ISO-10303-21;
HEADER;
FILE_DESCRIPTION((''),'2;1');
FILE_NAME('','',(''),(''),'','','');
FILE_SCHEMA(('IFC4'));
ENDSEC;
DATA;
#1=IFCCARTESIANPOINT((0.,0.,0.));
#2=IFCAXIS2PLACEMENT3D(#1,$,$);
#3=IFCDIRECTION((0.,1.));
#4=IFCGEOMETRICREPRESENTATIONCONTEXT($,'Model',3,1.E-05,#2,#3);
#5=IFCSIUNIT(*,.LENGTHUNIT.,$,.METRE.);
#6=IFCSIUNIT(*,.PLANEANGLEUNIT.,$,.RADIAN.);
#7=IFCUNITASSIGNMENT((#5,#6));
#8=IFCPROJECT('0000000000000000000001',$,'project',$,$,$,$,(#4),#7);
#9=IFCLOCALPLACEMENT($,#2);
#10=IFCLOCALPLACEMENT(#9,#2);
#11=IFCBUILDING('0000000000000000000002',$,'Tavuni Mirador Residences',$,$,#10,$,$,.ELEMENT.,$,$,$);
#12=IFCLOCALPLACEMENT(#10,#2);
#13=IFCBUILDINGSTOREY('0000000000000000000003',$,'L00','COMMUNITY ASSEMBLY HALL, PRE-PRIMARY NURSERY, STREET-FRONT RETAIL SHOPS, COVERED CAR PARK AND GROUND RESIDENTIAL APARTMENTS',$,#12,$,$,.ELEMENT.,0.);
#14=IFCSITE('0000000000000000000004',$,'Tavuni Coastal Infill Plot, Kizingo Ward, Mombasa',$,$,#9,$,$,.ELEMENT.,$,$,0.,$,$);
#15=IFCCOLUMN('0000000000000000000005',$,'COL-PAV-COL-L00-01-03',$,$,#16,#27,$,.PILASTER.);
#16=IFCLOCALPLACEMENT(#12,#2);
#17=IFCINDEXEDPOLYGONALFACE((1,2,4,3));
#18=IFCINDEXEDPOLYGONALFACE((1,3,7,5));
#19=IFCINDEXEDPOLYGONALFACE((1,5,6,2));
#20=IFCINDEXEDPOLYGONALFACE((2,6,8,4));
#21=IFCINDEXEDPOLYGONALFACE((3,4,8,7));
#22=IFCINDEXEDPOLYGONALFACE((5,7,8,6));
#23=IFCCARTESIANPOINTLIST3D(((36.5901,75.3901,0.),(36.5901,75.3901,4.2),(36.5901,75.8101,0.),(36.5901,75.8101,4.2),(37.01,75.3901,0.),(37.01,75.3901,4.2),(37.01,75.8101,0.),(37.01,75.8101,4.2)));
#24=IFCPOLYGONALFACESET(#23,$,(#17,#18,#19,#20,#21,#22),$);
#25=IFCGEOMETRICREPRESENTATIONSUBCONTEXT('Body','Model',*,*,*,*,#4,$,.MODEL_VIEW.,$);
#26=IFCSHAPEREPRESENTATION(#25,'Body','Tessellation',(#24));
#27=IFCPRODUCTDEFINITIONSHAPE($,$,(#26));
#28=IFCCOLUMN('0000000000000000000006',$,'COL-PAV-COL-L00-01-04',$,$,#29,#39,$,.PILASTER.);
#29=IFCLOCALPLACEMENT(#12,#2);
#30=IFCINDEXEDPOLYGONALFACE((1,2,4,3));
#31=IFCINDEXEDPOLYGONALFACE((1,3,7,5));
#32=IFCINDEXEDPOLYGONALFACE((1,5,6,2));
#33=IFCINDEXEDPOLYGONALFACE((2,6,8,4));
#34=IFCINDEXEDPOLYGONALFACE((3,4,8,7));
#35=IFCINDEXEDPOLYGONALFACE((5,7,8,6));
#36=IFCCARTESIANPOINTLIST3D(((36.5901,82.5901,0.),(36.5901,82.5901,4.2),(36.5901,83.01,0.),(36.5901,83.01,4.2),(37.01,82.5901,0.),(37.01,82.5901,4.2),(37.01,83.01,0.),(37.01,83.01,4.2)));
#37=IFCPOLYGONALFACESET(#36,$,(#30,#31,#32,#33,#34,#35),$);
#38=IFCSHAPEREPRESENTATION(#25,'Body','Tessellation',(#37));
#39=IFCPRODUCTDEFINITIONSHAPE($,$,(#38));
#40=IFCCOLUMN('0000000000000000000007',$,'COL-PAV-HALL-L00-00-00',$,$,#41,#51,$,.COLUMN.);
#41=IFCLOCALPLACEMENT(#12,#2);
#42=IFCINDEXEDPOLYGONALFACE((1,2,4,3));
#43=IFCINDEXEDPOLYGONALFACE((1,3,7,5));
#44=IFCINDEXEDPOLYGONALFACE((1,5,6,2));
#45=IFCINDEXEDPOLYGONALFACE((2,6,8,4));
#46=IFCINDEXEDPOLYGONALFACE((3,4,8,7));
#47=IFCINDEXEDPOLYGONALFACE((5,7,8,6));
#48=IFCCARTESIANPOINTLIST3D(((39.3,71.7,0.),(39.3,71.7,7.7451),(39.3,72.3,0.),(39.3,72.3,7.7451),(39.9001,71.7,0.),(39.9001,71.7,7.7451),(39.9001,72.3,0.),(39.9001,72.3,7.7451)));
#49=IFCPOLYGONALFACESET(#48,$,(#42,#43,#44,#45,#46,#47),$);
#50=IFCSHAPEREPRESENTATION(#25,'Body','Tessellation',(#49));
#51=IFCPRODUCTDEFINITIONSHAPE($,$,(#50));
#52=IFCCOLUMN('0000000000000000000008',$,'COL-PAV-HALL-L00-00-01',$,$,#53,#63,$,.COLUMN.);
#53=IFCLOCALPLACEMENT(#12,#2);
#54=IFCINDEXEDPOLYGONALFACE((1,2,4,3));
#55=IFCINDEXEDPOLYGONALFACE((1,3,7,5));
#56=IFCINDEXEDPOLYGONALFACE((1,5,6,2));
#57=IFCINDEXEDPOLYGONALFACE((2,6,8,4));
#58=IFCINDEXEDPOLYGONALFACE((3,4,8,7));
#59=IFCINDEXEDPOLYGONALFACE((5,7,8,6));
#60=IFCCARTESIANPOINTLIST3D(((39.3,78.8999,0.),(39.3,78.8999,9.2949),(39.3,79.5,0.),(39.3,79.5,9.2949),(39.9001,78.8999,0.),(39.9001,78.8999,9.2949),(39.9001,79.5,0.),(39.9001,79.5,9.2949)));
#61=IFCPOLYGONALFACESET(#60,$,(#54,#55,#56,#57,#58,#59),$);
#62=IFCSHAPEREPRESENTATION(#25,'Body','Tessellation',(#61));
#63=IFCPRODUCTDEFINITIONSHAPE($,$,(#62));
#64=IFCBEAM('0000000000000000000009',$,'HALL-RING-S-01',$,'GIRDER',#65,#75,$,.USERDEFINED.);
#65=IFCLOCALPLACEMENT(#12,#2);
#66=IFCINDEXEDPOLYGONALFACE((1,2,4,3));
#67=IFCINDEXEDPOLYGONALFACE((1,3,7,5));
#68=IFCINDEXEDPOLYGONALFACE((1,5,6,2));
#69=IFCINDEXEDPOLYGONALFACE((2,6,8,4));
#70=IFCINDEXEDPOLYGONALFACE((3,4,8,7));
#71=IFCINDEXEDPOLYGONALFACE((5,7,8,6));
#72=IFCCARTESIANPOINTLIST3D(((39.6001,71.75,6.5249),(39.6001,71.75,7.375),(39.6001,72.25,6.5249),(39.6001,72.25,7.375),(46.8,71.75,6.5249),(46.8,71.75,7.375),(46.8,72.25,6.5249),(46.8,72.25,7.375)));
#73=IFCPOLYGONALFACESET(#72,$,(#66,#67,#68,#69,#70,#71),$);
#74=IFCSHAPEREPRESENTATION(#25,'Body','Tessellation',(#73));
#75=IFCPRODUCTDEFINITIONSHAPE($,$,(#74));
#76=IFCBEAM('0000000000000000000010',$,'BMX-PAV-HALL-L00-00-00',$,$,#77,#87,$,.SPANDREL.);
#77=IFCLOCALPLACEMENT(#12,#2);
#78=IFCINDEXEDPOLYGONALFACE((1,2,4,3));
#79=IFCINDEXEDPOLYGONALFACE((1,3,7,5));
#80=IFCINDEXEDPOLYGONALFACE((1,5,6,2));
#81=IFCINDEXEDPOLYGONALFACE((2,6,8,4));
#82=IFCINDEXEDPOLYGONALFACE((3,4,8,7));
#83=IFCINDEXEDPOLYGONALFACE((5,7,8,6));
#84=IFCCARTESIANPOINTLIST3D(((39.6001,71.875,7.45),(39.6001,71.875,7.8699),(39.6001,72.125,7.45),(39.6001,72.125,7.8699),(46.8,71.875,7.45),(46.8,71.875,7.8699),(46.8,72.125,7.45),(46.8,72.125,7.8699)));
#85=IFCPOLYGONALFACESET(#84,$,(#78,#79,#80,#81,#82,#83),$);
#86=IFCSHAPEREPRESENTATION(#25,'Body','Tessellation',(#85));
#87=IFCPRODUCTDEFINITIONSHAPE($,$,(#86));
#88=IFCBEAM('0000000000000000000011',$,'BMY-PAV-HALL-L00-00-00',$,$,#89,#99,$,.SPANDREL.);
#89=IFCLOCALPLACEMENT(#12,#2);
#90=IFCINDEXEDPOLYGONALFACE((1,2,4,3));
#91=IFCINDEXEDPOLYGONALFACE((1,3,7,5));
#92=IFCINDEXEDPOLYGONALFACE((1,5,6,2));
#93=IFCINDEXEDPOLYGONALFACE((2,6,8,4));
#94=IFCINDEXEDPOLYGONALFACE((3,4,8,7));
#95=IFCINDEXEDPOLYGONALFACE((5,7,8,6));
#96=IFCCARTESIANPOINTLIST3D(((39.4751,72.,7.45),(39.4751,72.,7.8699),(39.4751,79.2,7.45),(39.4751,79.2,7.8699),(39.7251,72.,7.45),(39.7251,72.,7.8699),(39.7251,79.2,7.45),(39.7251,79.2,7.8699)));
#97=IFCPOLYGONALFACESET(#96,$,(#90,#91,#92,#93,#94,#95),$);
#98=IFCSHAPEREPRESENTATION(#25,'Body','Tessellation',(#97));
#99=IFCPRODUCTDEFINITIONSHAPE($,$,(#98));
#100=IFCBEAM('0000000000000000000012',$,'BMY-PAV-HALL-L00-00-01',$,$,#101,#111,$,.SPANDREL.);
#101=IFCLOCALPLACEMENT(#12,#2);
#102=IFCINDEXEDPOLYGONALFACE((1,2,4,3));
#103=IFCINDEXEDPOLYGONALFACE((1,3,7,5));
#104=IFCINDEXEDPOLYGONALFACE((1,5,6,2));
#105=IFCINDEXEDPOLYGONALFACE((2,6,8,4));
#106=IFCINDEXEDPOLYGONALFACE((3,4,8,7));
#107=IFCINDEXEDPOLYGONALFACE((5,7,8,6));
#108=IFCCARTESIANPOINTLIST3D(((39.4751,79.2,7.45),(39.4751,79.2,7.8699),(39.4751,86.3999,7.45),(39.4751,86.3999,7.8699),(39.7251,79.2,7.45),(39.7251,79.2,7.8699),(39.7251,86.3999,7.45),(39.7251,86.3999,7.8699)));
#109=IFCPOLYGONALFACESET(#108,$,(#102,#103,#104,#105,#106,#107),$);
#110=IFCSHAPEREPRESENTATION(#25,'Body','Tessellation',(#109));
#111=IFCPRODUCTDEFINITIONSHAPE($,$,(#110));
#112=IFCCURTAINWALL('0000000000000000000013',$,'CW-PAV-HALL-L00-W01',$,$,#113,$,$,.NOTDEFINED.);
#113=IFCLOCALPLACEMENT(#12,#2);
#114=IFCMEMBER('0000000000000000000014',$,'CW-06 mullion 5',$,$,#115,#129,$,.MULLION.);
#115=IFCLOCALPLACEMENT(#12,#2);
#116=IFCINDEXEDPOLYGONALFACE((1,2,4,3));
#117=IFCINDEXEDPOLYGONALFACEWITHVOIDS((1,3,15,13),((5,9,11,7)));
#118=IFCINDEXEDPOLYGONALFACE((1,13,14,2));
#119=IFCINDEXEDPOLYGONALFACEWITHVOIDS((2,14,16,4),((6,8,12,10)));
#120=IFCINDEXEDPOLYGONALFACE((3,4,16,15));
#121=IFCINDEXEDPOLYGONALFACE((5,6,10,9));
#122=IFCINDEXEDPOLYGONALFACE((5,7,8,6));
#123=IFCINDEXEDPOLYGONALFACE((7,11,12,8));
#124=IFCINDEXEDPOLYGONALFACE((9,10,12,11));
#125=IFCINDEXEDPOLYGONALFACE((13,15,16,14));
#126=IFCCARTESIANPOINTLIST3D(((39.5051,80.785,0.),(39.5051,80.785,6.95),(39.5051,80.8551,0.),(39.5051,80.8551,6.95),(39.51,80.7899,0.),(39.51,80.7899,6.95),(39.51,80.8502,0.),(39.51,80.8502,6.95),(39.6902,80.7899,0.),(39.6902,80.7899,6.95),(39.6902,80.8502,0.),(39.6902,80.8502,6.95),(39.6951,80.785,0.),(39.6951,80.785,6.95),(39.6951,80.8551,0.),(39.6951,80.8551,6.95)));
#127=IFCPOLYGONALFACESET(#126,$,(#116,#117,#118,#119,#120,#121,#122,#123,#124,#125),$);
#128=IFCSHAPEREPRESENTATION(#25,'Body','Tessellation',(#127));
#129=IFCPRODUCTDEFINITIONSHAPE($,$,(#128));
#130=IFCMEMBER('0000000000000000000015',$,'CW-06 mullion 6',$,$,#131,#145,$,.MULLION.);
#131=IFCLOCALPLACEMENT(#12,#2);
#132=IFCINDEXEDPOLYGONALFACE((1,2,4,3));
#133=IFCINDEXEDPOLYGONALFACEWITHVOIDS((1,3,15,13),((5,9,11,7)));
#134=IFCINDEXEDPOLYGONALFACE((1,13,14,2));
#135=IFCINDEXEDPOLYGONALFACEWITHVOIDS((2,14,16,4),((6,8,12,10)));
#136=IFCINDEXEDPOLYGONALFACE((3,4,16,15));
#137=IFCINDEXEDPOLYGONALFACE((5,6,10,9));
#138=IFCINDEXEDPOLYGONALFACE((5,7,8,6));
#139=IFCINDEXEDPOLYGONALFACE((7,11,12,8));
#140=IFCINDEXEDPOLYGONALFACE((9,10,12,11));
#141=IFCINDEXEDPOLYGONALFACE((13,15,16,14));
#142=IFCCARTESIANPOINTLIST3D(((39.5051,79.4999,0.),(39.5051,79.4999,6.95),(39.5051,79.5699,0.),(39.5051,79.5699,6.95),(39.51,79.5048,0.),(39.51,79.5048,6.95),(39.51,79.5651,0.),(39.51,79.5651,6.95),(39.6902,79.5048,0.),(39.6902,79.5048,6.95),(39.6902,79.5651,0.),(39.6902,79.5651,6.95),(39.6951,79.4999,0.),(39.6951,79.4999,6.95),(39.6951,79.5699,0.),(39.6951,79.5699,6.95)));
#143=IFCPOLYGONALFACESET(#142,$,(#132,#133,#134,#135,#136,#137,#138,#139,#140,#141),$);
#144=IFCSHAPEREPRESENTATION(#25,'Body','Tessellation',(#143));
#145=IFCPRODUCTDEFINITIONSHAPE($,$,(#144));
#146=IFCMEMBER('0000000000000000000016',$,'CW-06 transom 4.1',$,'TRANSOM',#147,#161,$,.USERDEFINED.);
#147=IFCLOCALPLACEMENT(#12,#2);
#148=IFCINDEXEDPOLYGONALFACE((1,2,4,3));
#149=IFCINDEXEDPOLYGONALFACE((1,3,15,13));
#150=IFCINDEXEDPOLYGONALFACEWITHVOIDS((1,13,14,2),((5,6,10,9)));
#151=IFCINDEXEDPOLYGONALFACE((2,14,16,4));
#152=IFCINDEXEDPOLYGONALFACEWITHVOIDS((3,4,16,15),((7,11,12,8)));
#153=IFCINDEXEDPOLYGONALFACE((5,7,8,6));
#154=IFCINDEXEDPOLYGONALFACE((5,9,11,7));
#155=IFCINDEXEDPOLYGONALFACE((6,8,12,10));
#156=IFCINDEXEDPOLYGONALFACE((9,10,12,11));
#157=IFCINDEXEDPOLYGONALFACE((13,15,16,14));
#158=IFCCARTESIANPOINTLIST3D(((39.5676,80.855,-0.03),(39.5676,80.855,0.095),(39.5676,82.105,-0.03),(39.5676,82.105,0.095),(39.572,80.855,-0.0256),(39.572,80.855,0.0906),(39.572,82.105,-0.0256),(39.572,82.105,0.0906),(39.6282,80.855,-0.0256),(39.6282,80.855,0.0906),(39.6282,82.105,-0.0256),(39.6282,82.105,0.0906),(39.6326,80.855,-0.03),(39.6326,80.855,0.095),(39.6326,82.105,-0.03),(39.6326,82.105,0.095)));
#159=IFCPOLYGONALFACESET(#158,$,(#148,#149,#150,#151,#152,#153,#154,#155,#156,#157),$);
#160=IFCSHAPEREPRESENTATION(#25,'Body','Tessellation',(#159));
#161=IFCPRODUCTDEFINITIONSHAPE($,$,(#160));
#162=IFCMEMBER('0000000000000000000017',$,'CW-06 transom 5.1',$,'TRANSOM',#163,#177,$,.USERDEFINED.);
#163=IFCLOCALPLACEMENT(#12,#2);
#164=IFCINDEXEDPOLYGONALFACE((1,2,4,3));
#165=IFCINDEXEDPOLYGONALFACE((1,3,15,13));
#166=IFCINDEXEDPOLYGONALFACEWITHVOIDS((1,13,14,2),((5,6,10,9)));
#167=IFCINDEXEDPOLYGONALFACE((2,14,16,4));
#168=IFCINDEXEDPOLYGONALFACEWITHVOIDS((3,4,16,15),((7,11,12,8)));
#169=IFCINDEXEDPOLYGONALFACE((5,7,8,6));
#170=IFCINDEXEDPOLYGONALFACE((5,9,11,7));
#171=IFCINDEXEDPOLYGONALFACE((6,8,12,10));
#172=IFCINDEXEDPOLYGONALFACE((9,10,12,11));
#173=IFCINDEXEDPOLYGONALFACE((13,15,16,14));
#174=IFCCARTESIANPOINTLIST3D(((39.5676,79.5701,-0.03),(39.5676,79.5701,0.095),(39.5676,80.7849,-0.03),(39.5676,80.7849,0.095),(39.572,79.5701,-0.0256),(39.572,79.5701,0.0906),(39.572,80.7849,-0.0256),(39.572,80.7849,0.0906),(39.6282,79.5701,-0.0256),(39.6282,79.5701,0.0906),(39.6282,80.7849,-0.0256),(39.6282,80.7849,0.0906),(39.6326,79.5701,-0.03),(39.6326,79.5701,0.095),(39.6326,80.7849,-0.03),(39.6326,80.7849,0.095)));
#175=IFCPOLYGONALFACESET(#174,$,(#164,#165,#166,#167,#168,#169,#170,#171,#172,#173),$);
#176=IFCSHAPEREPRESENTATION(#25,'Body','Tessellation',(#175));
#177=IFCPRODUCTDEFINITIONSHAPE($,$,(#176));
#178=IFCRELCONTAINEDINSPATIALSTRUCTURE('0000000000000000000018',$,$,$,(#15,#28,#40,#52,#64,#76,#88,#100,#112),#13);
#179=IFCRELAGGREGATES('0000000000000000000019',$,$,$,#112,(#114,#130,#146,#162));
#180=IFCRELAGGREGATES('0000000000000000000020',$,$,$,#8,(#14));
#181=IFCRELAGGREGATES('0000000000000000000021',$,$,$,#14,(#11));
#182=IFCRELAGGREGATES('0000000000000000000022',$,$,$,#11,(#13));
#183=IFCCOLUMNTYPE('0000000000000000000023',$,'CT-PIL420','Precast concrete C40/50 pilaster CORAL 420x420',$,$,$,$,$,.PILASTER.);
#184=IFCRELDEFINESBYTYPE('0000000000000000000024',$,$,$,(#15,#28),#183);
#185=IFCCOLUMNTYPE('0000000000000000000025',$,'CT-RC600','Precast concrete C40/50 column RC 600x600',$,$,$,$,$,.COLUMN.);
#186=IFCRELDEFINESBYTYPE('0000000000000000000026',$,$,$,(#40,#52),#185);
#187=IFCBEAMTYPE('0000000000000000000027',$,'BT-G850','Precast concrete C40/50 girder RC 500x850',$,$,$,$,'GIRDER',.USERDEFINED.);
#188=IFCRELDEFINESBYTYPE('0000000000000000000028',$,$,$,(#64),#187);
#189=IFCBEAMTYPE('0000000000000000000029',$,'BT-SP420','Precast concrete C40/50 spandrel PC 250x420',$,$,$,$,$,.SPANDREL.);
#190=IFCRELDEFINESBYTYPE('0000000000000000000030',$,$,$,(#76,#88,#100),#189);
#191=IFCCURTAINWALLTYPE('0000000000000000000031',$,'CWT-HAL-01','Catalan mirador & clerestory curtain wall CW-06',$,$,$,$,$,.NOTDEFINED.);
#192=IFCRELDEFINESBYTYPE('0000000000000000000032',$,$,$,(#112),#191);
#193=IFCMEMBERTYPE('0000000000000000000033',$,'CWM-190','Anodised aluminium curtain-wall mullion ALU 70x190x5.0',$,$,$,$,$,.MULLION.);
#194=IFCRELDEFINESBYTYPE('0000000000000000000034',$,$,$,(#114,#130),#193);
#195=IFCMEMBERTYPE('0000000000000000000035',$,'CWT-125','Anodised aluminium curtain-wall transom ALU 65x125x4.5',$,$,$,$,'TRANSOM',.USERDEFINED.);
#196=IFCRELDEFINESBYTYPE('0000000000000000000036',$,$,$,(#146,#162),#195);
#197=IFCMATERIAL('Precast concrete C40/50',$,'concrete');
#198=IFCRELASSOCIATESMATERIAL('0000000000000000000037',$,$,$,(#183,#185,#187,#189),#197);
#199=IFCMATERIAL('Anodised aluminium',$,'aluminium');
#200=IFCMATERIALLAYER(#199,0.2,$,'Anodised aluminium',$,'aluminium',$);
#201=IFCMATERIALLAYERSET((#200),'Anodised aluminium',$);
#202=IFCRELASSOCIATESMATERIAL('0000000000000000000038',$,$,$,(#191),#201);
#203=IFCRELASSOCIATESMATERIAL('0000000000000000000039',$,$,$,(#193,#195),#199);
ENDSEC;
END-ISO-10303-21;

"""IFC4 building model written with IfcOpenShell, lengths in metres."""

from ifc_helpers import new_model, si_unit, direction, frame, origin, origin_2d, place, context, subcontext, project, spatial, rectangle, hollow_rectangle, extrude, material, layer, layer_set, material_profile, profile_set, type_object, element, aggregate, save


model = new_model("IFC4")

# Units and contexts
model_context = context("Model", 3, precision=1e-05, world=origin(), true_north=direction((0.0, 1.0)))
body_context = subcontext(model_context, "Body", "Model", "MODEL_VIEW")
ifc_project = project(units=[si_unit("LENGTHUNIT", "METRE"), si_unit("PLANEANGLEUNIT", "RADIAN")], contexts=[model_context])

# Site, building, storey
site_placement = place(None, origin())
site = spatial("IfcSite", under=ifc_project, at=site_placement, Name="Tavuni Coastal Infill Plot, Kizingo Ward, Mombasa", CompositionType="ELEMENT", RefElevation=0.0)
building_placement = place(site_placement, origin())
building = spatial("IfcBuilding", under=site, at=building_placement, Name="Tavuni Mirador Residences", CompositionType="ELEMENT")
storey_placement = place(building_placement, origin())
storey = spatial("IfcBuildingStorey", under=building, at=storey_placement, Name="L00", Description="COMMUNITY ASSEMBLY HALL, PRE-PRIMARY NURSERY, STREET-FRONT RETAIL SHOPS, COVERED CAR PARK AND GROUND RESIDENTIAL APARTMENTS", CompositionType="ELEMENT", Elevation=0.0)

# Columns
ifc_material_1 = material(Name="Precast concrete C40/50", Category="concrete")
ifc_material_profile_1 = material_profile(ifc_material_1, rectangle(XDim=0.4199, YDim=0.4199, at=origin_2d()), Name="CORAL 420x420", Category="concrete")
ifc_profile_set_1 = profile_set([ifc_material_profile_1], Name="Precast concrete C40/50")
column_type_1 = type_object("IfcColumnType", Name="CT-PIL420", Description="Precast concrete C40/50 pilaster CORAL 420x420", PredefinedType="PILASTER", material=ifc_profile_set_1)
for number, where, z_axis, x_axis, name in (
    (1, (36.8, 75.6001, 0.0), (0.0, 0.0, 1.0), (1.0, 0.0, 0.0), "COL-PAV-COL-L00-01-03"),
    (2, (36.8, 82.8, 0.0), (0.0, 0.0, 1.0), (1.0, 0.0, 0.0), "COL-PAV-COL-L00-01-04"),
):
    element("IfcColumn", number, at=place(storey_placement, frame(where, z_axis=z_axis, x_axis=x_axis)), inside=storey, type_object=column_type_1, Name=name, PredefinedType="PILASTER", context=body_context, shape_type="SweptSolid", body=[
        extrude(rectangle(XDim=0.4199, YDim=0.4199, at=origin_2d()), origin(), (0.0, 0.0, 1.0), 4.2),
    ])
ifc_material_profile_2 = material_profile(ifc_material_1, rectangle(XDim=0.6001, YDim=0.6001, at=origin_2d()), Name="RC 600x600", Category="concrete")
ifc_profile_set_2 = profile_set([ifc_material_profile_2], Name="Precast concrete C40/50")
column_type_2 = type_object("IfcColumnType", Name="CT-RC600", Description="Precast concrete C40/50 column RC 600x600", PredefinedType="COLUMN", material=ifc_profile_set_2)
column_1_placement = place(storey_placement, frame((39.6001, 72.0, 0.0), z_axis=(0.0, 0.0, 1.0), x_axis=(1.0, 0.0, 0.0)))
element("IfcColumn", 3, at=column_1_placement, inside=storey, type_object=column_type_2, Name="COL-PAV-HALL-L00-00-00", PredefinedType="COLUMN", context=body_context, shape_type="SweptSolid", body=[
    extrude(rectangle(XDim=0.6001, YDim=0.6001, at=origin_2d()), origin(), (0.0, 0.0, 1.0), 7.7451),
])
column_2_placement = place(storey_placement, frame((39.6001, 79.2, 0.0), z_axis=(0.0, 0.0, 1.0), x_axis=(1.0, 0.0, 0.0)))
element("IfcColumn", 4, at=column_2_placement, inside=storey, type_object=column_type_2, Name="COL-PAV-HALL-L00-00-01", PredefinedType="COLUMN", context=body_context, shape_type="SweptSolid", body=[
    extrude(rectangle(XDim=0.6001, YDim=0.6001, at=origin_2d()), origin(), (0.0, 0.0, 1.0), 9.2949),
])

# Beams
ifc_material_profile_3 = material_profile(ifc_material_1, rectangle(XDim=0.5, YDim=0.8501, at=origin_2d()), Name="RC 500x850", Category="concrete")
ifc_profile_set_3 = profile_set([ifc_material_profile_3], Name="Precast concrete C40/50")
beam_type_1 = type_object("IfcBeamType", Name="BT-G850", Description="Precast concrete C40/50 girder RC 500x850", ElementType="GIRDER", PredefinedType="USERDEFINED", material=ifc_profile_set_3)
beam_placement = place(storey_placement, frame((39.6001, 72.0, 6.95), z_axis=(1.0, 0.0, 0.0), x_axis=(0.0, 1.0, 0.0)))
element("IfcBeam", 5, at=beam_placement, inside=storey, type_object=beam_type_1, Name="HALL-RING-S-01", ObjectType="GIRDER", PredefinedType="USERDEFINED", context=body_context, shape_type="SweptSolid", body=[
    extrude(rectangle(XDim=0.5, YDim=0.8501, at=origin_2d()), origin(), (0.0, 0.0, 1.0), 7.2),
])
ifc_material_profile_4 = material_profile(ifc_material_1, rectangle(XDim=0.25, YDim=0.4199, at=origin_2d()), Name="PC 250x420", Category="concrete")
ifc_profile_set_4 = profile_set([ifc_material_profile_4], Name="Precast concrete C40/50")
beam_type_2 = type_object("IfcBeamType", Name="BT-SP420", Description="Precast concrete C40/50 spandrel PC 250x420", PredefinedType="SPANDREL", material=ifc_profile_set_4)
for number, where, z_axis, x_axis, name in (
    (6, (39.6001, 72.0, 7.6599), (1.0, 0.0, 0.0), (0.0, 1.0, 0.0), "BMX-PAV-HALL-L00-00-00"),
    (7, (39.6001, 72.0, 7.6599), (0.0, 1.0, 0.0), (-1.0, 0.0, 0.0), "BMY-PAV-HALL-L00-00-00"),
    (8, (39.6001, 79.2, 7.6599), (0.0, 1.0, 0.0), (-1.0, 0.0, 0.0), "BMY-PAV-HALL-L00-00-01"),
):
    element("IfcBeam", number, at=place(storey_placement, frame(where, z_axis=z_axis, x_axis=x_axis)), inside=storey, type_object=beam_type_2, Name=name, PredefinedType="SPANDREL", context=body_context, shape_type="SweptSolid", body=[
        extrude(rectangle(XDim=0.25, YDim=0.4199, at=origin_2d()), origin(), (0.0, 0.0, 1.0), 7.2),
    ])

# Curtain wall, members
ifc_material_2 = material(Name="Anodised aluminium", Category="aluminium")
ifc_layer_1 = layer(ifc_material_2, 0.2, Name="Anodised aluminium", Category="aluminium")
ifc_layer_set_1 = layer_set([ifc_layer_1], Name="Anodised aluminium")
curtain_wall_type = type_object("IfcCurtainWallType", Name="CWT-HAL-01", Description="Catalan mirador & clerestory curtain wall CW-06", PredefinedType="NOTDEFINED", material=ifc_layer_set_1)
curtain_wall_placement = place(storey_placement, origin())
curtain_wall = element("IfcCurtainWall", 9, at=curtain_wall_placement, inside=storey, type_object=curtain_wall_type, Name="CW-PAV-HALL-L00-W01", PredefinedType="NOTDEFINED")
ifc_material_profile_5 = material_profile(ifc_material_2, hollow_rectangle(XDim=0.0701, YDim=0.1899, WallThickness=0.0049, at=origin_2d()), Name="ALU 70x190x5.0", Category="aluminium")
ifc_profile_set_5 = profile_set([ifc_material_profile_5], Name="Anodised aluminium")
member_type_1 = type_object("IfcMemberType", Name="CWM-190", Description="Anodised aluminium curtain-wall mullion ALU 70x190x5.0", PredefinedType="MULLION", material=ifc_profile_set_5)
member_1_placement = place(storey_placement, frame((39.6001, 80.8201, 0.0), z_axis=(0.0, 0.0, 1.0), x_axis=(0.0, -1.0, 0.0)))
member_1 = element("IfcMember", 10, at=member_1_placement, type_object=member_type_1, Name="CW-06 mullion 5", PredefinedType="MULLION", context=body_context, shape_type="SweptSolid", body=[
    extrude(hollow_rectangle(XDim=0.0701, YDim=0.1899, WallThickness=0.0049, at=origin_2d()), origin(), (0.0, 0.0, 1.0), 6.95),
])
member_2_placement = place(storey_placement, frame((39.6001, 79.5349, 0.0), z_axis=(0.0, 0.0, 1.0), x_axis=(0.0, -1.0, 0.0)))
member_2 = element("IfcMember", 11, at=member_2_placement, type_object=member_type_1, Name="CW-06 mullion 6", PredefinedType="MULLION", context=body_context, shape_type="SweptSolid", body=[
    extrude(hollow_rectangle(XDim=0.0701, YDim=0.1899, WallThickness=0.0049, at=origin_2d()), origin(), (0.0, 0.0, 1.0), 6.95),
])
ifc_material_profile_6 = material_profile(ifc_material_2, hollow_rectangle(XDim=0.0649, YDim=0.125, WallThickness=0.0044, at=origin_2d()), Name="ALU 65x125x4.5", Category="aluminium")
ifc_profile_set_6 = profile_set([ifc_material_profile_6], Name="Anodised aluminium")
member_type_2 = type_object("IfcMemberType", Name="CWT-125", Description="Anodised aluminium curtain-wall transom ALU 65x125x4.5", ElementType="TRANSOM", PredefinedType="USERDEFINED", material=ifc_profile_set_6)
member_3_placement = place(storey_placement, frame((39.6001, 82.105, 0.0325), z_axis=(0.0, -1.0, 0.0), x_axis=(1.0, 0.0, 0.0)))
member_3 = element("IfcMember", 12, at=member_3_placement, type_object=member_type_2, Name="CW-06 transom 4.1", ObjectType="TRANSOM", PredefinedType="USERDEFINED", context=body_context, shape_type="SweptSolid", body=[
    extrude(hollow_rectangle(XDim=0.0649, YDim=0.125, WallThickness=0.0044, at=origin_2d()), origin(), (0.0, 0.0, 1.0), 1.25),
])
member_4_placement = place(storey_placement, frame((39.6001, 80.7849, 0.0325), z_axis=(0.0, -1.0, 0.0), x_axis=(1.0, 0.0, 0.0)))
member_4 = element("IfcMember", 13, at=member_4_placement, type_object=member_type_2, Name="CW-06 transom 5.1", ObjectType="TRANSOM", PredefinedType="USERDEFINED", context=body_context, shape_type="SweptSolid", body=[
    extrude(hollow_rectangle(XDim=0.0649, YDim=0.125, WallThickness=0.0044, at=origin_2d()), origin(), (0.0, 0.0, 1.0), 1.2148),
])

aggregate(curtain_wall, [member_1, member_2, member_3, member_4])

save(model, "model.ifc")
